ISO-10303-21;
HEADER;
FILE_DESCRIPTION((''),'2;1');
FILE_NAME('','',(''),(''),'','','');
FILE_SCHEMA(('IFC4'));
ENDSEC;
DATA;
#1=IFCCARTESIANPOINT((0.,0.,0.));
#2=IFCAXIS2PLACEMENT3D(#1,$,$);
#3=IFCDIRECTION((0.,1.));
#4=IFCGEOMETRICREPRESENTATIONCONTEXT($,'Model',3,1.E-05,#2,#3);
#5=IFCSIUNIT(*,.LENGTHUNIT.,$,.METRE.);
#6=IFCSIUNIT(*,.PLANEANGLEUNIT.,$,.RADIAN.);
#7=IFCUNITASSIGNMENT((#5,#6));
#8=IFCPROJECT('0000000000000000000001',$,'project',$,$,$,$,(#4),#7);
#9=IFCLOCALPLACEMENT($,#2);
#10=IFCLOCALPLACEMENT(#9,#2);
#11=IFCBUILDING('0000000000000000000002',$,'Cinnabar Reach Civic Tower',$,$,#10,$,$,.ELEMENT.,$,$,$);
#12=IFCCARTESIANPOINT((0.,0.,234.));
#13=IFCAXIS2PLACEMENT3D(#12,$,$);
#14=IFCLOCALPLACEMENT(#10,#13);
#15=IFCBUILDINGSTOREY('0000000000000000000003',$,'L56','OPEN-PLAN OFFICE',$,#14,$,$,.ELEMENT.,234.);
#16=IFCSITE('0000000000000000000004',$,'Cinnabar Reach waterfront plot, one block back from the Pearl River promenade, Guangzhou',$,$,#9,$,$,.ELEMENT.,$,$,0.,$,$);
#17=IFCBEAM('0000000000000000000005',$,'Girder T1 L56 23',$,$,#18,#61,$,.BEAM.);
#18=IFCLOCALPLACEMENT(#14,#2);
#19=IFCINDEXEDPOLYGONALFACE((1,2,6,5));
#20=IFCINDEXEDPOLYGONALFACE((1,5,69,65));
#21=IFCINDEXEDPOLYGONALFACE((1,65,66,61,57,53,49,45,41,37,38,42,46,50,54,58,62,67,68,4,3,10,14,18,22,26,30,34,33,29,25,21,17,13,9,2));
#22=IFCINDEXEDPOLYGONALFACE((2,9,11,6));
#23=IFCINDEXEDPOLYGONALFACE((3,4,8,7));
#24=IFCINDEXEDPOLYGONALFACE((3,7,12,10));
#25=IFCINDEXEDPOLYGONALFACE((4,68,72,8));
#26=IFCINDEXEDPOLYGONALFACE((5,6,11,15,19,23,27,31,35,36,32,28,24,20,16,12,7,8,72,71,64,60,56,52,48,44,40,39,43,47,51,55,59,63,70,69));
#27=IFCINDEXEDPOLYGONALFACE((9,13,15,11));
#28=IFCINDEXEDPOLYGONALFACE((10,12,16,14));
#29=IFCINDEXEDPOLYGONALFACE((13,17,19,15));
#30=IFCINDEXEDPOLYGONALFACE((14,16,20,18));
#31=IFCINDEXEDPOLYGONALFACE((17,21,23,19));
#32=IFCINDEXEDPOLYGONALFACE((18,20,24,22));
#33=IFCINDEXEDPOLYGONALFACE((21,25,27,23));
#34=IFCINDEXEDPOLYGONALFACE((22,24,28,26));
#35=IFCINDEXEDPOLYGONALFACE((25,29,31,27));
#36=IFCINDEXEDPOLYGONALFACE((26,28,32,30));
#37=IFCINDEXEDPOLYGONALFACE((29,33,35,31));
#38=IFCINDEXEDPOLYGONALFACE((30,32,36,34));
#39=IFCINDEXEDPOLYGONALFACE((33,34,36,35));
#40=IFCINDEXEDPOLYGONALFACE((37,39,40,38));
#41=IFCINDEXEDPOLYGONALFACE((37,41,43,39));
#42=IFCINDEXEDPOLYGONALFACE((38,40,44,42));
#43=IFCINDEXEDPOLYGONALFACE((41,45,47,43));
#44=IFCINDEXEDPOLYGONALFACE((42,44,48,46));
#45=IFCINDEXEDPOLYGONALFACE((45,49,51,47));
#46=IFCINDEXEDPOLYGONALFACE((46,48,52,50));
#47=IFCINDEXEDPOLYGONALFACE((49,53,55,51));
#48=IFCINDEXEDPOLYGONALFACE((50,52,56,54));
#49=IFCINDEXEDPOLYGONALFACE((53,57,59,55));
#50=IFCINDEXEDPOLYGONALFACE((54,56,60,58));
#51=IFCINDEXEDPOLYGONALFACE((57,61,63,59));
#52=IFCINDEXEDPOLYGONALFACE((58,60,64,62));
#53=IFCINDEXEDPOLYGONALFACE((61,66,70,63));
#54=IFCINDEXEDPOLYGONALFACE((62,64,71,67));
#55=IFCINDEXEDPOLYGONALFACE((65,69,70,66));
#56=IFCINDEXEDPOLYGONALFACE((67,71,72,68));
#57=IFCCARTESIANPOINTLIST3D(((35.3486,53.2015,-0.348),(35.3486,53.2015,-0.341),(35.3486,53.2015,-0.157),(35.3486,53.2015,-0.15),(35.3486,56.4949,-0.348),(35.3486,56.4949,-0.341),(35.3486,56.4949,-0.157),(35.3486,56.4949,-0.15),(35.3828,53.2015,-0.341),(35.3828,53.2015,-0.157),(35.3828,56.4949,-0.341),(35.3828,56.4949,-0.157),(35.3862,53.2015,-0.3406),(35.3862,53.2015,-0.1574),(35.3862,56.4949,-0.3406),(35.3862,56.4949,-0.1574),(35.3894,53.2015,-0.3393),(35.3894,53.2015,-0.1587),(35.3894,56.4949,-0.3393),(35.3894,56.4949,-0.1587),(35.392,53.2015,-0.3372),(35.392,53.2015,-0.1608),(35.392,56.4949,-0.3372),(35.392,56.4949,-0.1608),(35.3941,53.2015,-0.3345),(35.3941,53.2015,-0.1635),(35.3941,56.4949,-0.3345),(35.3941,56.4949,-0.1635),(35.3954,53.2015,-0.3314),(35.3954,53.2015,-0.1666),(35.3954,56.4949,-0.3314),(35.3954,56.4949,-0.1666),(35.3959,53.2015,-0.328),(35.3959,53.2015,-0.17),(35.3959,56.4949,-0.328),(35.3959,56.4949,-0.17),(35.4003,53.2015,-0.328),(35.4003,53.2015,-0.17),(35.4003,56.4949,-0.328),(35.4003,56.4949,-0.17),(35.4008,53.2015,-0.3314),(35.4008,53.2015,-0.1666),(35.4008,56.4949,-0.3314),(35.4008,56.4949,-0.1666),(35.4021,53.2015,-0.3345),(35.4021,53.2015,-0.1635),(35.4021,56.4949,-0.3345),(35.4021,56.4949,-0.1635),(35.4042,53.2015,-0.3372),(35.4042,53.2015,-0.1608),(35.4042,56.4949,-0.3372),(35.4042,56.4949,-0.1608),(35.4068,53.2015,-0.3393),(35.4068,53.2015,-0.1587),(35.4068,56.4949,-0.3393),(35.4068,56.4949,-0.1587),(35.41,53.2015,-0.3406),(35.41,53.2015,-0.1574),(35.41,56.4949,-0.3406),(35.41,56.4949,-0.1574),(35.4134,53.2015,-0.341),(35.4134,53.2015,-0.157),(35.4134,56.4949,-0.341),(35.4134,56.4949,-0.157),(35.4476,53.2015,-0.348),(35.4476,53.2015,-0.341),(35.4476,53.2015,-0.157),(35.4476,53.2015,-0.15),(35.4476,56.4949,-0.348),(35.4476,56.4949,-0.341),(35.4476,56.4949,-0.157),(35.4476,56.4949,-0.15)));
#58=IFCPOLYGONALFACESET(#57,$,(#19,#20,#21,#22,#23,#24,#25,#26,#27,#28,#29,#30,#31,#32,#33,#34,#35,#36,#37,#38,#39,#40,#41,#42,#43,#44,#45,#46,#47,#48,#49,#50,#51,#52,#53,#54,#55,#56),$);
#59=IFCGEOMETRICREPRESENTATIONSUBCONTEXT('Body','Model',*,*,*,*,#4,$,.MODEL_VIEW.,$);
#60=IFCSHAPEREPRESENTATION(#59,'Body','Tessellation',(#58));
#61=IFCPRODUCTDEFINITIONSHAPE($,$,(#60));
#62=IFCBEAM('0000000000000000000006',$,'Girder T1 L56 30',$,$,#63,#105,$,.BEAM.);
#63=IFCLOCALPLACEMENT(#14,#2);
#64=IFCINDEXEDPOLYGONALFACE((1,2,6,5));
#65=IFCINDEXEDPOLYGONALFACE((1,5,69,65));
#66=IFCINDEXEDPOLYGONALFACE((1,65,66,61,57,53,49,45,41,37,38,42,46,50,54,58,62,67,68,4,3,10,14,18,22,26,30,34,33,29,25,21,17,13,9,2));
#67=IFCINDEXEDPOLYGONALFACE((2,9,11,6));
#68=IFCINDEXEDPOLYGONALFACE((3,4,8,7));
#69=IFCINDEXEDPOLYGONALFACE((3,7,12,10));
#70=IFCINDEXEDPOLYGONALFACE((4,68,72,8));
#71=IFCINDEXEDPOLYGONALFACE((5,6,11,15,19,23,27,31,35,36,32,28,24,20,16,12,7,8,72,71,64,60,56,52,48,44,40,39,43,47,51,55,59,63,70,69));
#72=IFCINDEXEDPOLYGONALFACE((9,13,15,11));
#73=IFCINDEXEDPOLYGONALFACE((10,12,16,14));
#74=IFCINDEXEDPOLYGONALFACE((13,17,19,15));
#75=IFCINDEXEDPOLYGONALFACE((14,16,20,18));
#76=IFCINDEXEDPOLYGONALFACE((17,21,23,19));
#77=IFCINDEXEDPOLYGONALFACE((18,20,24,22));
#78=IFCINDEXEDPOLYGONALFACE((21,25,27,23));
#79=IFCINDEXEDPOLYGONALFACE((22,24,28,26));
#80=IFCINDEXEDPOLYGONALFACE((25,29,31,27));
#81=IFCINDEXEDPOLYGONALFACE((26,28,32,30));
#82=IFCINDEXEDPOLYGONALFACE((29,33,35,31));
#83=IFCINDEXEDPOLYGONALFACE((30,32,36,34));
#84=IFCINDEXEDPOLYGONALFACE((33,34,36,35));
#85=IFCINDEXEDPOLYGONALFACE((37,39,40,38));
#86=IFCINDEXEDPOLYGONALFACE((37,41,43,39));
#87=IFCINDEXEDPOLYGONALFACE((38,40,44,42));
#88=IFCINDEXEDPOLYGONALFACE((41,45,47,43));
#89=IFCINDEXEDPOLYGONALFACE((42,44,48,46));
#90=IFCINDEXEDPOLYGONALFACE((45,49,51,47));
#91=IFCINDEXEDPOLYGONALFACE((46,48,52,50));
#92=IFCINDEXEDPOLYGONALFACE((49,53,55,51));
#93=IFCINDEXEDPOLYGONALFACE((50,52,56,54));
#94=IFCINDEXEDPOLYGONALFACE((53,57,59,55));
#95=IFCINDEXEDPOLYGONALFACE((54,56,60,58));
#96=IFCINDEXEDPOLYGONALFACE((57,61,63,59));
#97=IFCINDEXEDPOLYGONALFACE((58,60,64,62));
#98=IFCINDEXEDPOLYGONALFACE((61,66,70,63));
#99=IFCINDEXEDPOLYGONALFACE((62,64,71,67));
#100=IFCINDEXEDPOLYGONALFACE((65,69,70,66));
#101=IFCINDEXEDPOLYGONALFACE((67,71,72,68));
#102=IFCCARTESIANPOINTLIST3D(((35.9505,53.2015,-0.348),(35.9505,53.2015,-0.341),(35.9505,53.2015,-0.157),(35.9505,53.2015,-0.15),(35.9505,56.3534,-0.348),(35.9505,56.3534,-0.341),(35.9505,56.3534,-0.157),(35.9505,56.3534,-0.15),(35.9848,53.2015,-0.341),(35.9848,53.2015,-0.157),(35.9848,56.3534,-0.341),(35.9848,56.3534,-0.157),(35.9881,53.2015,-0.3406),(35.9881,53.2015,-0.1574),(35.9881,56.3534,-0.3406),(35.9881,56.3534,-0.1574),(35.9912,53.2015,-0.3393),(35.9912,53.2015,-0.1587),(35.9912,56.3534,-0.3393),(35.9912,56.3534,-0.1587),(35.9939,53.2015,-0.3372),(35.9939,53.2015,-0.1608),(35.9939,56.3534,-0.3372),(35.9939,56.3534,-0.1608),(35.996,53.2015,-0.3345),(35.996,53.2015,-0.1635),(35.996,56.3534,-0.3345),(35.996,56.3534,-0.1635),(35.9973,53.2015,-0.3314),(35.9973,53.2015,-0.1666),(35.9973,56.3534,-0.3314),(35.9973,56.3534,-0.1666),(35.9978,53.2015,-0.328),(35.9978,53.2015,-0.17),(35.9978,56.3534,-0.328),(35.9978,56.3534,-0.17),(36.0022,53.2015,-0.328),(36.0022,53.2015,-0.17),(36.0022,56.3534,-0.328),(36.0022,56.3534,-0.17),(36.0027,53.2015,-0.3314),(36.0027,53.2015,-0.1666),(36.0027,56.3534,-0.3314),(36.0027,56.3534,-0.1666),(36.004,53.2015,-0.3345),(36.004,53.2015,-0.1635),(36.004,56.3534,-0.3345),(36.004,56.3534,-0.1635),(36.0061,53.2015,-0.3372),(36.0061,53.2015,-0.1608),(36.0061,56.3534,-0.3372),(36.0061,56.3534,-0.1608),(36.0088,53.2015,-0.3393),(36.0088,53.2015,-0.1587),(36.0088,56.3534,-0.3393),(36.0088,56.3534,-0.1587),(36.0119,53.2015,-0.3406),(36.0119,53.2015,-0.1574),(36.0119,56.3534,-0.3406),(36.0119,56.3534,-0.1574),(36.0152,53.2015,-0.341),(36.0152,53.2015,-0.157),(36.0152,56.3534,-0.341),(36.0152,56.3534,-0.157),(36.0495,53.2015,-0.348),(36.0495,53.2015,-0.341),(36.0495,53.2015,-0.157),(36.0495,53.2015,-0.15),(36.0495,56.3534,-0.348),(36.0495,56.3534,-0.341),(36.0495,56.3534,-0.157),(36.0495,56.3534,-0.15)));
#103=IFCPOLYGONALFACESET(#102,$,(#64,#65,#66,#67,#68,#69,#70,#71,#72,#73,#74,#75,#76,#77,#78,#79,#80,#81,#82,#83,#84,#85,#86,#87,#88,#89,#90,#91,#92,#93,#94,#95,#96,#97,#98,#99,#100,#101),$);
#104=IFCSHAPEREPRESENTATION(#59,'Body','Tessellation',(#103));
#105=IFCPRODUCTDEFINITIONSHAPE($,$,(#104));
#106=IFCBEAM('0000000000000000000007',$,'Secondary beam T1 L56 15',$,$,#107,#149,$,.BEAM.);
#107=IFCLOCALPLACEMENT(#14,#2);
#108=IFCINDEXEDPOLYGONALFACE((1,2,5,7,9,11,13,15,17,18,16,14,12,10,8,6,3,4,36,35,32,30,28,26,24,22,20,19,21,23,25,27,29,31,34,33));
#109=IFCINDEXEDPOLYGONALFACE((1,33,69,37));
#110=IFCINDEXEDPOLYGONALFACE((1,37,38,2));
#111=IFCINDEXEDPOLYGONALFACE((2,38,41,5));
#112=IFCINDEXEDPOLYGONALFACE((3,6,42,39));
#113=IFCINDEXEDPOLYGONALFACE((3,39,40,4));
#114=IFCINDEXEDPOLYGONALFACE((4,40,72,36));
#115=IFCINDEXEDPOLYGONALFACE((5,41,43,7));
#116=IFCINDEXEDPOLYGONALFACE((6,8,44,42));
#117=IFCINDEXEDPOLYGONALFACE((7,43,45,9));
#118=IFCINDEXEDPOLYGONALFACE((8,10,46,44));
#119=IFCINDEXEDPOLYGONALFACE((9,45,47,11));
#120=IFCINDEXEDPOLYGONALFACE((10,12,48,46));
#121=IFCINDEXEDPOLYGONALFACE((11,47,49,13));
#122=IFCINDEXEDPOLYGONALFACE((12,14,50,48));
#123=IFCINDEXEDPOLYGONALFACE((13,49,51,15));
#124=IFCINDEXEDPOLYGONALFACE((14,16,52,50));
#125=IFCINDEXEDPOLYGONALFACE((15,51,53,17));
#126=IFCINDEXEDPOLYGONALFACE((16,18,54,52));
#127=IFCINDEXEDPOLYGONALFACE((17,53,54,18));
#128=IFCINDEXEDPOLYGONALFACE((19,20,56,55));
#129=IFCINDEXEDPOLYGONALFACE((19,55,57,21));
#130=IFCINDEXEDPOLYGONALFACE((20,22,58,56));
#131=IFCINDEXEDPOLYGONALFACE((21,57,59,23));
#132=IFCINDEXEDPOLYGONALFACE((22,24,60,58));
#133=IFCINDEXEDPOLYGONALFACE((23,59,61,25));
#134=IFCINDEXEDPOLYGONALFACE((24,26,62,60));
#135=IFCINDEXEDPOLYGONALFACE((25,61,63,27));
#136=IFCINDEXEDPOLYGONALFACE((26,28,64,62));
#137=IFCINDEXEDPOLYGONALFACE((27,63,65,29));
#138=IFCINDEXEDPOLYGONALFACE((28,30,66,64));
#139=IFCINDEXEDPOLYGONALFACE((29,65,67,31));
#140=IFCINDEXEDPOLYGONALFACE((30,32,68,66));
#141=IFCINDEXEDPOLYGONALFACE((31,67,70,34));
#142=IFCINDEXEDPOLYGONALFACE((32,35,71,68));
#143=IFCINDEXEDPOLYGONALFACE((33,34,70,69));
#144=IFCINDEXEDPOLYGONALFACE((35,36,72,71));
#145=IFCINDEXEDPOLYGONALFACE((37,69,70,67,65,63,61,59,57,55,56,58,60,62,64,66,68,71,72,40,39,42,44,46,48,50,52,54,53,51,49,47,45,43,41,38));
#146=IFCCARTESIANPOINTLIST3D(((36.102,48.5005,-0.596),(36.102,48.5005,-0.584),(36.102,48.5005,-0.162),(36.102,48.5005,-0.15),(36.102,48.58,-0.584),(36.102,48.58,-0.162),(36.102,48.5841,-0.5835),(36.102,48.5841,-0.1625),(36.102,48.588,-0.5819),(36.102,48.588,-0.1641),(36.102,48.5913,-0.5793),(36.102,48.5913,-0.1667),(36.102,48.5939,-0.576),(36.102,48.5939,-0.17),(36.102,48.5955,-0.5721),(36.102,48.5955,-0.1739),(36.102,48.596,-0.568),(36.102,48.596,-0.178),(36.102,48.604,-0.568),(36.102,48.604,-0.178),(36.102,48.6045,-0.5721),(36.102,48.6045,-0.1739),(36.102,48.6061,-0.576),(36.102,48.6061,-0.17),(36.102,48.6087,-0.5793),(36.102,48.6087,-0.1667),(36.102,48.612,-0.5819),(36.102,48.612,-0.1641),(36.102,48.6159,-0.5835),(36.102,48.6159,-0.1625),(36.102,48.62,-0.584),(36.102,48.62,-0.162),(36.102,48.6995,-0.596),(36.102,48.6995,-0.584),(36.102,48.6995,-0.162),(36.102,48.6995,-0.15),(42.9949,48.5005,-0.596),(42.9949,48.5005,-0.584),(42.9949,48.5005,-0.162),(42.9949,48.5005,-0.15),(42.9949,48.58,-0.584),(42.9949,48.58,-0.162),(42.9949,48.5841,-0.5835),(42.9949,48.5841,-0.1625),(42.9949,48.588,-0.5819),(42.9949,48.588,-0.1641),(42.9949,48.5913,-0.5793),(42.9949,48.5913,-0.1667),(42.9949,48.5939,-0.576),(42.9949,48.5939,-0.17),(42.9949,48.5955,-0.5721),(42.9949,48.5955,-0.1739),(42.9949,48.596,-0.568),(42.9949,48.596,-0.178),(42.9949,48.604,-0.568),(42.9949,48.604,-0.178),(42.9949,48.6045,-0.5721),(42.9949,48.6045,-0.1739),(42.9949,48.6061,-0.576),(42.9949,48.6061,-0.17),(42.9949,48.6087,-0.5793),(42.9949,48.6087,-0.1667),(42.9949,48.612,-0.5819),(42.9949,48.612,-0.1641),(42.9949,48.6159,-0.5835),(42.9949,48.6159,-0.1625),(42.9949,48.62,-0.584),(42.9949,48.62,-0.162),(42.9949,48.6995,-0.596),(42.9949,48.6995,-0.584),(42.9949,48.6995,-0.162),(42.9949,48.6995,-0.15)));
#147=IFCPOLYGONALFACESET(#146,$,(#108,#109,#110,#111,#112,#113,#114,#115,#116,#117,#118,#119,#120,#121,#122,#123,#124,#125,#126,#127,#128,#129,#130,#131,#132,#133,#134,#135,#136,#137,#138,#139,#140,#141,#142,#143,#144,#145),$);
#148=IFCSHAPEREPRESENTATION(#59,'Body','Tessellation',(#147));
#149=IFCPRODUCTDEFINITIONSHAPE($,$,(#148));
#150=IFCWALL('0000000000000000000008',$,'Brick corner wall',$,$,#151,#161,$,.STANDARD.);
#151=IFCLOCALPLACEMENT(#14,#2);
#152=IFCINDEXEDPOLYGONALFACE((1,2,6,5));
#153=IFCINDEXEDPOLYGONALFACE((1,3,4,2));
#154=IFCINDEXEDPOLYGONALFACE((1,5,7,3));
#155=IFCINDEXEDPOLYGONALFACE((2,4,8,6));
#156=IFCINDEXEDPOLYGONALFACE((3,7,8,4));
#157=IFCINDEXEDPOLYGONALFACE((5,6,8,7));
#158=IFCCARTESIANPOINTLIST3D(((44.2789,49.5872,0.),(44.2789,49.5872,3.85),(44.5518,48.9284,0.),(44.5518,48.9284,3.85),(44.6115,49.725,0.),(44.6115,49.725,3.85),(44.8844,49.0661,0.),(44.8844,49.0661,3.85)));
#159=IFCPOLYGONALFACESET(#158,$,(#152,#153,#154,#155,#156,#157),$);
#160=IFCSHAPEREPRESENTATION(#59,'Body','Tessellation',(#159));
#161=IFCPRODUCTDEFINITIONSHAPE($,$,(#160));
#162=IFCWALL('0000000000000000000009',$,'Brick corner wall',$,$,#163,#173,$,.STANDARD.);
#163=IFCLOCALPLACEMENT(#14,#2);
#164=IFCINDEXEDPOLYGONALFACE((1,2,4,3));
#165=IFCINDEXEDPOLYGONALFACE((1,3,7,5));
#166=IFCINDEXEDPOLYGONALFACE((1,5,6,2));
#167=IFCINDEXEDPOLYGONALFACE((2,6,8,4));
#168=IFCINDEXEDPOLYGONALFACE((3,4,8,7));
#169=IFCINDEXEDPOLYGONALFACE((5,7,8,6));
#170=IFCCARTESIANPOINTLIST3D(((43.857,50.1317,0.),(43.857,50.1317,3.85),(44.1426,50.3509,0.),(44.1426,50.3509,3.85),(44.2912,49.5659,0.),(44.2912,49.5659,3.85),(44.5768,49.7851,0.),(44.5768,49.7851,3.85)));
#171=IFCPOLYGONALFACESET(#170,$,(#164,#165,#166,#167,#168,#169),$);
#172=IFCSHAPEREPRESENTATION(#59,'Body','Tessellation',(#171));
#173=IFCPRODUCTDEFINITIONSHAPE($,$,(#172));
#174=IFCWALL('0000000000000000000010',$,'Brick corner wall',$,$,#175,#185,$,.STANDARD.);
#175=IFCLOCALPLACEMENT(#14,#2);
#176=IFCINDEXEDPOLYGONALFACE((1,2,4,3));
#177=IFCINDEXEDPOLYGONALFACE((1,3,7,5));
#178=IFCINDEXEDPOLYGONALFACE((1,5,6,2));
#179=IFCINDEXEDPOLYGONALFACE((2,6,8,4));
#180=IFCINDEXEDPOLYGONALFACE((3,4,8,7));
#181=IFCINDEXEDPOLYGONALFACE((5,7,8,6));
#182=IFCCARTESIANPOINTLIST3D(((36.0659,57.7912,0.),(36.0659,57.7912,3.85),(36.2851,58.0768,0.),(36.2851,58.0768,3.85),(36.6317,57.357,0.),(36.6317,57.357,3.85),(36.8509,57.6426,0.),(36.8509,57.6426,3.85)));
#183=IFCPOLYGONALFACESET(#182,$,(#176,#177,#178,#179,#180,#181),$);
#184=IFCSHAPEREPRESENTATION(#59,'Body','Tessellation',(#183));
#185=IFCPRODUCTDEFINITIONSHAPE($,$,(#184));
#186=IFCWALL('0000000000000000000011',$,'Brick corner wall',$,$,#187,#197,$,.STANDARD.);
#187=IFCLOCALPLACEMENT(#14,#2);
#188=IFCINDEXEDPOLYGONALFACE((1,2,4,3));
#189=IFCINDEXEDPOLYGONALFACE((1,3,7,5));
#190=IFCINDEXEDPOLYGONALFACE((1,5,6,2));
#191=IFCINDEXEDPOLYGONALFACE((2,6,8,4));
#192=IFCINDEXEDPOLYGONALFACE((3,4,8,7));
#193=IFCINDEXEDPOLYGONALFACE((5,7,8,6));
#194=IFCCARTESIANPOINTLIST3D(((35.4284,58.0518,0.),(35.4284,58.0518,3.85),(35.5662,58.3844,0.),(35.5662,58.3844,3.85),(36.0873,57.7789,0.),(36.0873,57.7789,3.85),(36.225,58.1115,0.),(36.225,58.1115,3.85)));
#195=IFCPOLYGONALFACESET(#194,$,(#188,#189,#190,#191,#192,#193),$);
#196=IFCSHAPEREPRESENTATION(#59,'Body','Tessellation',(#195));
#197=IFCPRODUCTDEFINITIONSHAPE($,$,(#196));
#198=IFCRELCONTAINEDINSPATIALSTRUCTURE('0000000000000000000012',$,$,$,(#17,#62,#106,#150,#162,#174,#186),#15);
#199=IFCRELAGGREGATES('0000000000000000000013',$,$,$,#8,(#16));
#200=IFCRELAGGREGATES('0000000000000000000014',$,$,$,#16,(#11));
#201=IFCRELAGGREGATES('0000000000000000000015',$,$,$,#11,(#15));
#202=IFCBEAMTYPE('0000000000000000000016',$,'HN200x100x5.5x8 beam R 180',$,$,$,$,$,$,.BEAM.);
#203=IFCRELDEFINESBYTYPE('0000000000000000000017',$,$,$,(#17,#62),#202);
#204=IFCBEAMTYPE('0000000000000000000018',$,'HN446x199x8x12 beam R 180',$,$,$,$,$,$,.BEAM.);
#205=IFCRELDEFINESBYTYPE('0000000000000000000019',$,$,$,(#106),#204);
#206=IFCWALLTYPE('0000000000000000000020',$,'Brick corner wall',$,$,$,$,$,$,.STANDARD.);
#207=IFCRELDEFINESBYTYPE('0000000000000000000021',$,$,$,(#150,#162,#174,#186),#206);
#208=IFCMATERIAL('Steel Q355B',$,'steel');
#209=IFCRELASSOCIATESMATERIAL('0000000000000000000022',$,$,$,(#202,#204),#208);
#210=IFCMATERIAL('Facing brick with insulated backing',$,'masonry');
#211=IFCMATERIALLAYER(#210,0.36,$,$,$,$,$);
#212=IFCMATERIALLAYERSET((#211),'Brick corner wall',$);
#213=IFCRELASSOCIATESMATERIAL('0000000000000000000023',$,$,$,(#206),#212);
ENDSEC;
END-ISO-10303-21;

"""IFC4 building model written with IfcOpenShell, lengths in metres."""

from ifc_helpers import new_model, si_unit, direction, frame, frame_2d, origin, origin_2d, place, context, subcontext, project, spatial, rectangle, i_section, extrude, material, layer, layer_set, material_profile, profile_set, type_object, element, save


model = new_model("IFC4")

# Units and contexts
model_context = context("Model", 3, precision=1e-05, world=origin(), true_north=direction((0.0, 1.0)))
body_context = subcontext(model_context, "Body", "Model", "MODEL_VIEW")
ifc_project = project(units=[si_unit("LENGTHUNIT", "METRE"), si_unit("PLANEANGLEUNIT", "RADIAN")], contexts=[model_context])

# Site, building, storey
site_placement = place(None, origin())
site = spatial("IfcSite", under=ifc_project, at=site_placement, Name="Cinnabar Reach waterfront plot, one block back from the Pearl River promenade, Guangzhou", CompositionType="ELEMENT", RefElevation=0.0)
building_placement = place(site_placement, origin())
building = spatial("IfcBuilding", under=site, at=building_placement, Name="Cinnabar Reach Civic Tower", CompositionType="ELEMENT")
storey_placement = place(building_placement, frame((0.0, 0.0, 234.0)))
storey = spatial("IfcBuildingStorey", under=building, at=storey_placement, Name="L56", Description="OPEN-PLAN OFFICE", CompositionType="ELEMENT", Elevation=234.0)

# Beams
ifc_material_1 = material(Name="Steel Q355B", Category="steel")
ifc_material_profile_1 = material_profile(ifc_material_1, i_section(OverallWidth=0.099, OverallDepth=0.198, WebThickness=0.0045, FlangeThickness=0.007, FilletRadius=0.013, at=origin_2d()), Name="HN200x100x5.5x8")
ifc_profile_set_1 = profile_set([ifc_material_profile_1], Name="Steel Q355B")
beam_type_1 = type_object("IfcBeamType", Name="HN200x100x5.5x8 beam R 180", PredefinedType="BEAM", material=ifc_profile_set_1)
beam_1_placement = place(storey_placement, frame((35.3981, 53.2015, -0.249), z_axis=(0.0, 1.0, 0.0), x_axis=(-1.0, 0.0, 0.0)))
element("IfcBeam", 1, at=beam_1_placement, inside=storey, type_object=beam_type_1, Name="Girder T1 L56 23", PredefinedType="BEAM", context=body_context, shape_type="SweptSolid", body=[
    extrude(i_section(OverallWidth=0.099, OverallDepth=0.198, WebThickness=0.0045, FlangeThickness=0.007, FilletRadius=0.013, at=origin_2d()), origin(), (0.0, 0.0, 1.0), 3.2934),
])
beam_2_placement = place(storey_placement, frame((36.0, 53.2015, -0.249), z_axis=(0.0, 1.0, 0.0), x_axis=(-1.0, 0.0, 0.0)))
element("IfcBeam", 2, at=beam_2_placement, inside=storey, type_object=beam_type_1, Name="Girder T1 L56 30", PredefinedType="BEAM", context=body_context, shape_type="SweptSolid", body=[
    extrude(i_section(OverallWidth=0.099, OverallDepth=0.198, WebThickness=0.0045, FlangeThickness=0.007, FilletRadius=0.013, at=origin_2d()), origin(), (0.0, 0.0, 1.0), 3.1519),
])
ifc_material_profile_2 = material_profile(ifc_material_1, i_section(OverallWidth=0.199, OverallDepth=0.446, WebThickness=0.008, FlangeThickness=0.012, FilletRadius=0.016, at=origin_2d()), Name="HN446x199x8x12")
ifc_profile_set_2 = profile_set([ifc_material_profile_2], Name="Steel Q355B")
beam_type_2 = type_object("IfcBeamType", Name="HN446x199x8x12 beam R 180", PredefinedType="BEAM", material=ifc_profile_set_2)
beam_3_placement = place(storey_placement, frame((36.102, 48.6, -0.373), z_axis=(1.0, 0.0, 0.0), x_axis=(0.0, 1.0, 0.0)))
element("IfcBeam", 3, at=beam_3_placement, inside=storey, type_object=beam_type_2, Name="Secondary beam T1 L56 15", PredefinedType="BEAM", context=body_context, shape_type="SweptSolid", body=[
    extrude(i_section(OverallWidth=0.199, OverallDepth=0.446, WebThickness=0.008, FlangeThickness=0.012, FilletRadius=0.016, at=origin_2d()), origin(), (0.0, 0.0, 1.0), 6.8929),
])

# Walls
ifc_material_2 = material(Name="Facing brick with insulated backing", Category="masonry")
ifc_layer_1 = layer(ifc_material_2, 0.36)
ifc_layer_set_1 = layer_set([ifc_layer_1], Name="Brick corner wall")
wall_type_1 = type_object("IfcWallType", Name="Brick corner wall", PredefinedType="STANDARD", material=ifc_layer_set_1)
wall_1_placement = place(storey_placement, frame((44.7181, 48.9973, 0.0), z_axis=(0.0, 0.0, 1.0), x_axis=(-0.382703, 0.923872, 0.0)))
element("IfcWall", 4, at=wall_1_placement, inside=storey, type_object=wall_type_1, Name="Brick corner wall", PredefinedType="STANDARD", context=body_context, shape_type="SweptSolid", body=[
    extrude(rectangle(XDim=0.7131, YDim=0.36, at=frame_2d((0.3565, 0.0))), origin(), (0.0, 0.0, 1.0), 3.85),
])
for number, where, z_axis, x_axis, name in (
    (5, (44.434, 49.6755, 0.0), (0.0, 0.0, 1.0), (-0.608802, 0.793322, 0.0), "Brick corner wall"),
    (6, (36.7413, 57.4998, 0.0), (0.0, 0.0, 1.0), (-0.793322, 0.608802, 0.0), "Brick corner wall"),
):
    element("IfcWall", number, at=place(storey_placement, frame(where, z_axis=z_axis, x_axis=x_axis)), inside=storey, type_object=wall_type_1, Name=name, PredefinedType="STANDARD", context=body_context, shape_type="SweptSolid", body=[
        extrude(rectangle(XDim=0.7132, YDim=0.36, at=frame_2d((0.3566, 0.0))), origin(), (0.0, 0.0, 1.0), 3.85),
    ])
for number, where, z_axis, x_axis, name in (
    (7, (36.1561, 57.9452, 0.0), (0.0, 0.0, 1.0), (-0.923872, 0.382703, 0.0), "Brick corner wall"),
):
    element("IfcWall", number, at=place(storey_placement, frame(where, z_axis=z_axis, x_axis=x_axis)), inside=storey, type_object=wall_type_1, Name=name, PredefinedType="STANDARD", context=body_context, shape_type="SweptSolid", body=[
        extrude(rectangle(XDim=0.7131, YDim=0.36, at=frame_2d((0.3565, 0.0))), origin(), (0.0, 0.0, 1.0), 3.85),
    ])

save(model, "model.ifc")
